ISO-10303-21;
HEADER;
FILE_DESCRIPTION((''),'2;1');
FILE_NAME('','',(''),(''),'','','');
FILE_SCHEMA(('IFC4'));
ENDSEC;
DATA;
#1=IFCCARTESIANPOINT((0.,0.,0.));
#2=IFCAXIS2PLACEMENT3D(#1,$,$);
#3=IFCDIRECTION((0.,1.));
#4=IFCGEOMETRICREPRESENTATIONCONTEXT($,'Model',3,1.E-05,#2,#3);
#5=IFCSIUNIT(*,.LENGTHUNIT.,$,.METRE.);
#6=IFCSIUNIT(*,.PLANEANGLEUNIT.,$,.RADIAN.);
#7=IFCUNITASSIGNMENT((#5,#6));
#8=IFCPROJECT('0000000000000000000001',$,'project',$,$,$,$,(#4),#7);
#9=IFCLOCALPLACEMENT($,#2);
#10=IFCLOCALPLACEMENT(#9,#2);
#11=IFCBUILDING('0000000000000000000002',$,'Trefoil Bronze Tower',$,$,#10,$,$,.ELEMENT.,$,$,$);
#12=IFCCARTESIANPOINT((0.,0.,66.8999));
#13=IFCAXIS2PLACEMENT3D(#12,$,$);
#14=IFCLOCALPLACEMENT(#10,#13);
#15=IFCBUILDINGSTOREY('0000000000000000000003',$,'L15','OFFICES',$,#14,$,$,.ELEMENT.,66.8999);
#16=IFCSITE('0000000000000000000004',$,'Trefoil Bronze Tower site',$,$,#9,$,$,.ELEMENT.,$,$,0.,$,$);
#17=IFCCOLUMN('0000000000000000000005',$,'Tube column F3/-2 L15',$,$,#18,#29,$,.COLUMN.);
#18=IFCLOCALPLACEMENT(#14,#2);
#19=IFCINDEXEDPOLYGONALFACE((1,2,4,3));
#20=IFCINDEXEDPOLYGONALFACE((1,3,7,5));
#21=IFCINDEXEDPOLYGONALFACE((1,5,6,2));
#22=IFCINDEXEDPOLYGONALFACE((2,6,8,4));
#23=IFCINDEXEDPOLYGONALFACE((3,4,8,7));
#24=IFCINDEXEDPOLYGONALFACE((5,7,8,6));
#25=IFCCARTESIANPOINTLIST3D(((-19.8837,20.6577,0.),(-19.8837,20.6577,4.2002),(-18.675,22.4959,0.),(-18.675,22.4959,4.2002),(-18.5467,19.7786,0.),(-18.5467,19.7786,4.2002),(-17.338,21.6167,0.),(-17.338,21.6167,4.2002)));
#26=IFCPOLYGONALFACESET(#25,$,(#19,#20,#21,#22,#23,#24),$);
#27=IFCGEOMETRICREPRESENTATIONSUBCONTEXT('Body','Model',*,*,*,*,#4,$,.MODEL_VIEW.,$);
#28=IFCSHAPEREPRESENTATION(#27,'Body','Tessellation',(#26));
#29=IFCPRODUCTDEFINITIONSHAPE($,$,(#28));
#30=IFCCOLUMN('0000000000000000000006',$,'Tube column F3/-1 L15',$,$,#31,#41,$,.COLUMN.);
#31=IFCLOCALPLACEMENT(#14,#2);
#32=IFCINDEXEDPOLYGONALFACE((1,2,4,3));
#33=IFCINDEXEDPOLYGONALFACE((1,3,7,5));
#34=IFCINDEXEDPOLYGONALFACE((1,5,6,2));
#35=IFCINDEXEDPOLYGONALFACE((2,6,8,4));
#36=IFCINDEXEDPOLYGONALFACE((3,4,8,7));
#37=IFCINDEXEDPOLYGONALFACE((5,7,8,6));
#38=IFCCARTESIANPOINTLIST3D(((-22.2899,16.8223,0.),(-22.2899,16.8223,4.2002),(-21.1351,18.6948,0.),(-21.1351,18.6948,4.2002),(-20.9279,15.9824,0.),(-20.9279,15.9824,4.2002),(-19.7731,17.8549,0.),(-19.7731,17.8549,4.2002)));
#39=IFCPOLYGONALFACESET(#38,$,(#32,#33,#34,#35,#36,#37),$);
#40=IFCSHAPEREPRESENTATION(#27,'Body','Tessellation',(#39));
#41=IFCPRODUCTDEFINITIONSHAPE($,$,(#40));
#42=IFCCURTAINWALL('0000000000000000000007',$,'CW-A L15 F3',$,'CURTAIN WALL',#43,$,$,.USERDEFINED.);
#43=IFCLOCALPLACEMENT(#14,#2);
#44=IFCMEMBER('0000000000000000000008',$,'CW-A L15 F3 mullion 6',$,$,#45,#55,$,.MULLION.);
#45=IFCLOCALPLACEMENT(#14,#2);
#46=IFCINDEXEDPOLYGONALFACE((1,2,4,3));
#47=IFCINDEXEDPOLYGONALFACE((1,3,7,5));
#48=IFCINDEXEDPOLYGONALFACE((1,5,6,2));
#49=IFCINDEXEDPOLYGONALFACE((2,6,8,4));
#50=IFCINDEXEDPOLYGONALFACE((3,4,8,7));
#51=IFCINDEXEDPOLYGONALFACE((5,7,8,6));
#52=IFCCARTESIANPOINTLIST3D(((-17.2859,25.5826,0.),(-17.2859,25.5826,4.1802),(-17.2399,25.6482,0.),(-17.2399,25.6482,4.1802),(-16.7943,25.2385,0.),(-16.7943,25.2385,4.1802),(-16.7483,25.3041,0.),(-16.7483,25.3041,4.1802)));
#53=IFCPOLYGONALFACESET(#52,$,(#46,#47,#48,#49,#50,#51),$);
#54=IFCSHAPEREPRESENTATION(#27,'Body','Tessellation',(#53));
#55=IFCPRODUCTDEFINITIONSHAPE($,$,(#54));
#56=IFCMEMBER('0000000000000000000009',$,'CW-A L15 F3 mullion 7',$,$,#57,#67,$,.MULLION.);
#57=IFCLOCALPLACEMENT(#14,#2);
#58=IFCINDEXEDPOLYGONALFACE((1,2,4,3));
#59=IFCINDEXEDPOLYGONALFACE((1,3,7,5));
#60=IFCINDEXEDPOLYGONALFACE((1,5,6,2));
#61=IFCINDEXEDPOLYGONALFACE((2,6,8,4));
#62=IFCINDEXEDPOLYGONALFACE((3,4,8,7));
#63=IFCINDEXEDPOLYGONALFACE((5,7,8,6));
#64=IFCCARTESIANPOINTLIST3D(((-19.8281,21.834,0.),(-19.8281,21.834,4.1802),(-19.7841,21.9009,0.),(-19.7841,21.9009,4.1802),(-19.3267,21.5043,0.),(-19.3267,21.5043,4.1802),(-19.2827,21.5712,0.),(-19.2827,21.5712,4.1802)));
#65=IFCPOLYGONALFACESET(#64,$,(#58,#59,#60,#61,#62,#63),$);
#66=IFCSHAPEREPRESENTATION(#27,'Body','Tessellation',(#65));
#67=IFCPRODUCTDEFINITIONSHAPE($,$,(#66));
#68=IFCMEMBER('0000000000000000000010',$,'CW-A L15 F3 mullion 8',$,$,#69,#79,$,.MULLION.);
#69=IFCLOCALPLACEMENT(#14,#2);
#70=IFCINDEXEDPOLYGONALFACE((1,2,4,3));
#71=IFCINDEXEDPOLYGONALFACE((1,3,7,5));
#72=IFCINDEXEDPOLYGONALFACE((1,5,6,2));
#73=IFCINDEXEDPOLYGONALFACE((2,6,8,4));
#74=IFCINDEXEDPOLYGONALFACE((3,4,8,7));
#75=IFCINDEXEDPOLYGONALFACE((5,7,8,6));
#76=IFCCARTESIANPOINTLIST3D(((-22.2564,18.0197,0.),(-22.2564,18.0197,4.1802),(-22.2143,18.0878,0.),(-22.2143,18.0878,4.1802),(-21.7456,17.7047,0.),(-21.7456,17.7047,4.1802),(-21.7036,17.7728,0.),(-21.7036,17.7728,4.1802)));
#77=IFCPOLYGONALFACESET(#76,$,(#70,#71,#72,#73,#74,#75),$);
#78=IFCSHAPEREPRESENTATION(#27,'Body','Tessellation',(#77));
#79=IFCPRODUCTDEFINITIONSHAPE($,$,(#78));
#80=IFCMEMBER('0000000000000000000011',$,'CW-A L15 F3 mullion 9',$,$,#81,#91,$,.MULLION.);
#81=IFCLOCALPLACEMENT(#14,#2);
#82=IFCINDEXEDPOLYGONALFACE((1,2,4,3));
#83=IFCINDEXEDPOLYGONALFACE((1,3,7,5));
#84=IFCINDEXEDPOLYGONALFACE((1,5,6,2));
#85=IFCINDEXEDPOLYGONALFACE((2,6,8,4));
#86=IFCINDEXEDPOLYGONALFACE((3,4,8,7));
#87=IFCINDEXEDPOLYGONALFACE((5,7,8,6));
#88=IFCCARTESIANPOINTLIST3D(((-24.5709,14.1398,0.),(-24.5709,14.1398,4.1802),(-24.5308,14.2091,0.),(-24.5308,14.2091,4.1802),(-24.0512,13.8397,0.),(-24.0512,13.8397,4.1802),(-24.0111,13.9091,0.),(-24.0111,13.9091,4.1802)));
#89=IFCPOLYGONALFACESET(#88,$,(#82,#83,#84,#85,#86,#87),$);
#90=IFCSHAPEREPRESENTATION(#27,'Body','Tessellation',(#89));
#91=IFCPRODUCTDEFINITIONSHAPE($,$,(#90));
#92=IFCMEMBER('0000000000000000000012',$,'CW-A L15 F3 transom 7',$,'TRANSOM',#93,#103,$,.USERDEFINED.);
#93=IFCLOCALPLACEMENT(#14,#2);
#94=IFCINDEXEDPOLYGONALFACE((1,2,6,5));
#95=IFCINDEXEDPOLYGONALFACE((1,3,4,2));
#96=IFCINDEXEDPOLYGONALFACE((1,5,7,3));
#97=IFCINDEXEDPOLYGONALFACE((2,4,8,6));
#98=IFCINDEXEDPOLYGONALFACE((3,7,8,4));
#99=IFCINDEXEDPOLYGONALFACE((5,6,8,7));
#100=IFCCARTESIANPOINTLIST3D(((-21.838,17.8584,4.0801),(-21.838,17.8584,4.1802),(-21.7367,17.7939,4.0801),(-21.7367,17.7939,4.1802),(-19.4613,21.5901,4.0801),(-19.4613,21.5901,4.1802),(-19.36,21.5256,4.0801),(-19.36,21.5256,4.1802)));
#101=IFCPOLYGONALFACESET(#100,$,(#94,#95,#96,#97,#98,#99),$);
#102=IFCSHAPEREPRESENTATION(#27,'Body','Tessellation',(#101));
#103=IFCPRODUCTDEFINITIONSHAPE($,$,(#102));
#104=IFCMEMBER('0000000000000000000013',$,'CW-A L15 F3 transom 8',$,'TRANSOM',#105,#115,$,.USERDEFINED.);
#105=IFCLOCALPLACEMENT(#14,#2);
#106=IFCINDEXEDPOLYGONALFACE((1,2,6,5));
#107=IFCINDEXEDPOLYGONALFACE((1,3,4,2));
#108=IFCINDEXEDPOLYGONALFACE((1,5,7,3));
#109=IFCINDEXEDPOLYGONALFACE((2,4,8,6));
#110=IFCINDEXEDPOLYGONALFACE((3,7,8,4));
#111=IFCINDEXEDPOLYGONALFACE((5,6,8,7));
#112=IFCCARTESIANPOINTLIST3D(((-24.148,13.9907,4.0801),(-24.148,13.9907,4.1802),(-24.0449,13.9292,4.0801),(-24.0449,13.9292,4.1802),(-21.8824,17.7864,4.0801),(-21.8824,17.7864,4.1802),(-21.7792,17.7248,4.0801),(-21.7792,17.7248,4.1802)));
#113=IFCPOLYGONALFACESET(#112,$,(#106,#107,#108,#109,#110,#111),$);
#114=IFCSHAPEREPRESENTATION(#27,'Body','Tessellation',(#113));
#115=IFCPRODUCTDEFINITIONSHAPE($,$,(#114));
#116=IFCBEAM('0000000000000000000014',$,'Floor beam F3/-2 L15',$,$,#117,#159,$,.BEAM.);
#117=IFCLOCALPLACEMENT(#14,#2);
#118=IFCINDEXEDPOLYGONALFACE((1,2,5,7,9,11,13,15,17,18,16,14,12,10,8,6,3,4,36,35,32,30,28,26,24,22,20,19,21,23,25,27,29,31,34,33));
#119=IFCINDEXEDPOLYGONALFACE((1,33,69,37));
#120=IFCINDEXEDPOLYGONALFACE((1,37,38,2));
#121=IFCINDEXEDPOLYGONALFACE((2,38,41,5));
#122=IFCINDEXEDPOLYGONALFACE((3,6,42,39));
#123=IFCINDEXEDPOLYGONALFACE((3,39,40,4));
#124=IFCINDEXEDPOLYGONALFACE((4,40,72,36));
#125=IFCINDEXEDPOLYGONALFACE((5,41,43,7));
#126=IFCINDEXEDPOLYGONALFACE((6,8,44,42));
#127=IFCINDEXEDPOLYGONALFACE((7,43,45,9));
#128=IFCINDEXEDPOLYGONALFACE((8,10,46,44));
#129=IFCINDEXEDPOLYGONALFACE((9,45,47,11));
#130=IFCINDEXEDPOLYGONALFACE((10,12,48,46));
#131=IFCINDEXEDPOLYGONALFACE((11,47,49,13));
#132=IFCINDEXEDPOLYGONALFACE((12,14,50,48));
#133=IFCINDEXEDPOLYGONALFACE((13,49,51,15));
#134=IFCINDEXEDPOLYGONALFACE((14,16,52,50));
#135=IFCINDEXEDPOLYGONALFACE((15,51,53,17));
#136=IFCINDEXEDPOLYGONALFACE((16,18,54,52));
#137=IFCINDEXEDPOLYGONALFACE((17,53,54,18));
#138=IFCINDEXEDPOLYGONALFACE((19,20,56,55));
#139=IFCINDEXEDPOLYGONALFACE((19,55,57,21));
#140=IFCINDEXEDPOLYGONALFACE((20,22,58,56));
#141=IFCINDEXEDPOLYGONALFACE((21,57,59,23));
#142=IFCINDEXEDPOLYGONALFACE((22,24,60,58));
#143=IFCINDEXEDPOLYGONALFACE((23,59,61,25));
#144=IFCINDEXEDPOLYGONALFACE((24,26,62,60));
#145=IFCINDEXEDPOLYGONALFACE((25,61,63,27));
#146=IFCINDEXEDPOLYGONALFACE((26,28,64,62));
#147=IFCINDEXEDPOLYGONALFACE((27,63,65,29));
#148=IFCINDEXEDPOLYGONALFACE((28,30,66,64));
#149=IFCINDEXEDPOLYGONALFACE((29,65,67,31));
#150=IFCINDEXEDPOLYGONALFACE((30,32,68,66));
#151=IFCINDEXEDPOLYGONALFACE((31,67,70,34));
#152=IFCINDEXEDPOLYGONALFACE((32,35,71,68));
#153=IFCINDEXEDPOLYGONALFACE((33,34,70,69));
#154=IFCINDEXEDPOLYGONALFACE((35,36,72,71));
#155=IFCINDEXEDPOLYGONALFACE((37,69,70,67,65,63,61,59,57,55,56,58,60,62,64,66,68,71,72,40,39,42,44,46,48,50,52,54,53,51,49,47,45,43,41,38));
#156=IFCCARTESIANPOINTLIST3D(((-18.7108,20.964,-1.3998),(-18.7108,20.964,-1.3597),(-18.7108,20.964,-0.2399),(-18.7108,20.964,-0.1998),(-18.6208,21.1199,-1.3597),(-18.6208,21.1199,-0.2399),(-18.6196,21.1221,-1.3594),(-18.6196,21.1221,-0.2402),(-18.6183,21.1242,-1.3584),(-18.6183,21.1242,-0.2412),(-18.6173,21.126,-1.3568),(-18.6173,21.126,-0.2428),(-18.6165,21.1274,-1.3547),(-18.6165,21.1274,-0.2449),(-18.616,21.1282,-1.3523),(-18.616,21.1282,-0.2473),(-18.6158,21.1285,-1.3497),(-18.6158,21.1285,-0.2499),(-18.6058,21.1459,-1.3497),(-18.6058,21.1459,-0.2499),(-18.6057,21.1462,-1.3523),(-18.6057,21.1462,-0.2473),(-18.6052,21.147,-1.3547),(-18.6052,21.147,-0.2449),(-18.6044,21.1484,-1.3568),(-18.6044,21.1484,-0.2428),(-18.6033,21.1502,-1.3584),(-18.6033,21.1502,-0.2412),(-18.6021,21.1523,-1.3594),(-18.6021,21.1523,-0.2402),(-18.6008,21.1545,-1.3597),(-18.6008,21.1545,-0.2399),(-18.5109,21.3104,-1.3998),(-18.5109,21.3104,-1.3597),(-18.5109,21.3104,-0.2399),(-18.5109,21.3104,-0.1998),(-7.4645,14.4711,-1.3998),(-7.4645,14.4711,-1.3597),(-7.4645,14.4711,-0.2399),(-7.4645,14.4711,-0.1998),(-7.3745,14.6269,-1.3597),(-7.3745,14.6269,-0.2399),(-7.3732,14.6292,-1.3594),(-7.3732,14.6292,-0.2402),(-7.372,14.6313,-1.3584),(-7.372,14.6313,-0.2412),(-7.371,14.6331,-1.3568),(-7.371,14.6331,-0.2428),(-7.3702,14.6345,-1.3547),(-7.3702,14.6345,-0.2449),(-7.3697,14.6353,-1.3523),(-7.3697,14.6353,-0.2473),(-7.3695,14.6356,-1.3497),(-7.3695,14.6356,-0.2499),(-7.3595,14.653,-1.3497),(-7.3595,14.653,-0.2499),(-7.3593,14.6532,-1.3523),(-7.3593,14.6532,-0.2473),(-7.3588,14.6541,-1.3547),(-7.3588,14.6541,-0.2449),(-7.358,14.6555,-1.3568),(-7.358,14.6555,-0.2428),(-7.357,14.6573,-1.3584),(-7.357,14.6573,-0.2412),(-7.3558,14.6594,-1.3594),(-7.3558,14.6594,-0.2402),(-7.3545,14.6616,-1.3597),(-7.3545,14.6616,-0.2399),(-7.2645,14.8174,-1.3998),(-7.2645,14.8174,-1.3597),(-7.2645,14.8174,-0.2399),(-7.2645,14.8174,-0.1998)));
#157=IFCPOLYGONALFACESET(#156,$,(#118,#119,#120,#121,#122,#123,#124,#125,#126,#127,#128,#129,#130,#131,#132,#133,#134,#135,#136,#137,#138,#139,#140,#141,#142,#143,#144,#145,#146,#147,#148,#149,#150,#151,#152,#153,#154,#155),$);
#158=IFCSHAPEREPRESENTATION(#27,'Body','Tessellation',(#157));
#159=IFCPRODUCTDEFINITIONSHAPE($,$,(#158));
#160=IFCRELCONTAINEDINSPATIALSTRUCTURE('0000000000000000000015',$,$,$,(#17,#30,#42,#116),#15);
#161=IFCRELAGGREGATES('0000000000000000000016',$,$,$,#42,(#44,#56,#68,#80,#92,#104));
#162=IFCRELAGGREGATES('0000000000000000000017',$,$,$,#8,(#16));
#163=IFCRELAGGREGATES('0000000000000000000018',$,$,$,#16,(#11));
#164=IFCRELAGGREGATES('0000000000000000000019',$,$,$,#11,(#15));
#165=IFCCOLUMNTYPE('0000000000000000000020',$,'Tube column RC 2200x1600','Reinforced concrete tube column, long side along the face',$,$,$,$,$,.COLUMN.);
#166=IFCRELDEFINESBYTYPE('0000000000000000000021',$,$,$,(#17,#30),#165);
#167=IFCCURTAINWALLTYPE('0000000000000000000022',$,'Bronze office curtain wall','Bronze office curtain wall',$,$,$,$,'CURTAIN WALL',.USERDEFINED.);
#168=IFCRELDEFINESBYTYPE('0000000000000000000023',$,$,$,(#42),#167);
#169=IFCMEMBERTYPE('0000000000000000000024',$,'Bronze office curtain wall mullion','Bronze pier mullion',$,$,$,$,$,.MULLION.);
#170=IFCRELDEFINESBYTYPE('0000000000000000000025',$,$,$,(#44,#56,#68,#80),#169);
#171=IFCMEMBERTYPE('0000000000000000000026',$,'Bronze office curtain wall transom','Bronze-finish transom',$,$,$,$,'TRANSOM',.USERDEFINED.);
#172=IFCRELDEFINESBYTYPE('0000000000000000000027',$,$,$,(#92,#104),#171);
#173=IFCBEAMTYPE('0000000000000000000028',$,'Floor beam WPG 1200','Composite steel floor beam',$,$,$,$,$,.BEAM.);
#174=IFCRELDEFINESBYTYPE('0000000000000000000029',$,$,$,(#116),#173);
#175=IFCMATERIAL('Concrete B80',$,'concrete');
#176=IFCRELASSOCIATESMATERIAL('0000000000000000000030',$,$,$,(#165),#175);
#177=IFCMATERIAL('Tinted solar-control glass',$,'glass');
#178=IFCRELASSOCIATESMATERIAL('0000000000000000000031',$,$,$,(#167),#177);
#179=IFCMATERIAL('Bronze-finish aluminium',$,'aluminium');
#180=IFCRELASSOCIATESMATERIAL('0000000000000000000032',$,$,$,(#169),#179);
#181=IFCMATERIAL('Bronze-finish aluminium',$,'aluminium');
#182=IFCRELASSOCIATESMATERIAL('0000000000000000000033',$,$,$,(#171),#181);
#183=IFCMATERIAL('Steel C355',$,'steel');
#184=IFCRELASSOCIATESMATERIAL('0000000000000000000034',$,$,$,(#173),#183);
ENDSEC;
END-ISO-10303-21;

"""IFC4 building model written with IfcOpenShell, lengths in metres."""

from ifc_helpers import new_model, si_unit, direction, frame, origin, origin_2d, place, context, subcontext, project, spatial, rectangle, i_section, extrude, material, material_profile, profile_set, type_object, element, aggregate, save


model = new_model("IFC4")

# Units and contexts
model_context = context("Model", 3, precision=1e-05, world=origin(), true_north=direction((0.0, 1.0)))
body_context = subcontext(model_context, "Body", "Model", "MODEL_VIEW")
ifc_project = project(units=[si_unit("LENGTHUNIT", "METRE"), si_unit("PLANEANGLEUNIT", "RADIAN")], contexts=[model_context])

# Site, building, storey
site_placement = place(None, origin())
site = spatial("IfcSite", under=ifc_project, at=site_placement, Name="Trefoil Bronze Tower site", CompositionType="ELEMENT", RefElevation=0.0)
building_placement = place(site_placement, origin())
building = spatial("IfcBuilding", under=site, at=building_placement, Name="Trefoil Bronze Tower", CompositionType="ELEMENT")
storey_placement = place(building_placement, frame((0.0, 0.0, 66.8999)))
storey = spatial("IfcBuildingStorey", under=building, at=storey_placement, Name="L15", Description="OFFICES", CompositionType="ELEMENT", Elevation=66.8999)

# Columns
ifc_material_1 = material(Name="Concrete B80", Category="concrete")
ifc_material_profile_1 = material_profile(ifc_material_1, rectangle(XDim=2.2, YDim=1.6001, at=origin_2d()), Name="RC 2200x1600")
ifc_profile_set_1 = profile_set([ifc_material_profile_1], Name="Concrete B80")
column_type = type_object("IfcColumnType", Name="Tube column RC 2200x1600", Description="Reinforced concrete tube column, long side along the face", PredefinedType="COLUMN", material=ifc_profile_set_1)
for number, where, z_axis, x_axis, name in (
    (1, (-18.6108, 21.1372, 0.0), (0.0, 0.0, 1.0), (-0.549424, -0.835544, 0.0), "Tube column F3/-2 L15"),
    (2, (-21.0315, 17.3386, 0.0), (0.0, 0.0, 1.0), (-0.524923, -0.85115, 0.0), "Tube column F3/-1 L15"),
):
    element("IfcColumn", number, at=place(storey_placement, frame(where, z_axis=z_axis, x_axis=x_axis)), inside=storey, type_object=column_type, Name=name, PredefinedType="COLUMN", context=body_context, shape_type="SweptSolid", body=[
        extrude(rectangle(XDim=2.2, YDim=1.6001, at=origin_2d()), origin(), (0.0, 0.0, 1.0), 4.2002),
    ])

# Curtain wall, members
ifc_material_2 = material(Name="Tinted solar-control glass", Category="glass")
curtain_wall_type = type_object("IfcCurtainWallType", Name="Bronze office curtain wall", Description="Bronze office curtain wall", ElementType="CURTAIN WALL", PredefinedType="USERDEFINED", material=ifc_material_2)
curtain_wall_placement = place(storey_placement, origin())
curtain_wall = element("IfcCurtainWall", 3, at=curtain_wall_placement, inside=storey, type_object=curtain_wall_type, Name="CW-A L15 F3", ObjectType="CURTAIN WALL", PredefinedType="USERDEFINED")
ifc_material_3 = material(Name="Bronze-finish aluminium", Category="aluminium")
ifc_material_profile_2 = material_profile(ifc_material_3, rectangle(XDim=0.6001, YDim=0.0801, at=origin_2d()), Name="CW-A mullion")
ifc_profile_set_2 = profile_set([ifc_material_profile_2], Name="Bronze-finish aluminium")
member_type_1 = type_object("IfcMemberType", Name="Bronze office curtain wall mullion", Description="Bronze pier mullion", PredefinedType="MULLION", material=ifc_profile_set_2)
member_1_placement = place(storey_placement, frame((-17.0171, 25.4434, 0.0), z_axis=(0.0, 0.0, 1.0), x_axis=(0.819204, -0.573502, 0.0)))
member_1 = element("IfcMember", 4, at=member_1_placement, type_object=member_type_1, Name="CW-A L15 F3 mullion 6", PredefinedType="MULLION", context=body_context, shape_type="SweptSolid", body=[
    extrude(rectangle(XDim=0.6001, YDim=0.0801, at=origin_2d()), origin(), (0.0, 0.0, 1.0), 4.1802),
])
member_2_placement = place(storey_placement, frame((-19.5554, 21.7026, 0.0), z_axis=(0.0, 0.0, 1.0), x_axis=(0.835544, -0.549424, 0.0)))
member_2 = element("IfcMember", 5, at=member_2_placement, type_object=member_type_1, Name="CW-A L15 F3 mullion 7", PredefinedType="MULLION", context=body_context, shape_type="SweptSolid", body=[
    extrude(rectangle(XDim=0.6001, YDim=0.0801, at=origin_2d()), origin(), (0.0, 0.0, 1.0), 4.1802),
])
member_3_placement = place(storey_placement, frame((-21.98, 17.8962, 0.0), z_axis=(0.0, 0.0, 1.0), x_axis=(0.85115, -0.524923, 0.0)))
member_3 = element("IfcMember", 6, at=member_3_placement, type_object=member_type_1, Name="CW-A L15 F3 mullion 8", PredefinedType="MULLION", context=body_context, shape_type="SweptSolid", body=[
    extrude(rectangle(XDim=0.6001, YDim=0.0801, at=origin_2d()), origin(), (0.0, 0.0, 1.0), 4.1802),
])
member_4_placement = place(storey_placement, frame((-24.291, 14.0244, 0.0), z_axis=(0.0, 0.0, 1.0), x_axis=(0.866025, -0.5, 0.0)))
member_4 = element("IfcMember", 7, at=member_4_placement, type_object=member_type_1, Name="CW-A L15 F3 mullion 9", PredefinedType="MULLION", context=body_context, shape_type="SweptSolid", body=[
    extrude(rectangle(XDim=0.6001, YDim=0.0801, at=origin_2d()), origin(), (0.0, 0.0, 1.0), 4.1802),
])
ifc_material_4 = material(Name="Bronze-finish aluminium", Category="aluminium")
ifc_material_profile_3 = material_profile(ifc_material_4, rectangle(XDim=0.1201, YDim=0.1001, at=origin_2d()), Name="CW-A transom")
ifc_profile_set_3 = profile_set([ifc_material_profile_3], Name="Bronze-finish aluminium")
member_type_2 = type_object("IfcMemberType", Name="Bronze office curtain wall transom", Description="Bronze-finish transom", ElementType="TRANSOM", PredefinedType="USERDEFINED", material=ifc_profile_set_3)
member_5_placement = place(storey_placement, frame((-19.4106, 21.5579, 4.1301), z_axis=(-0.537197, -0.843457, 0.0), x_axis=(0.843457, -0.537197, 0.0)))
member_5 = element("IfcMember", 8, at=member_5_placement, type_object=member_type_2, Name="CW-A L15 F3 transom 7", ObjectType="TRANSOM", PredefinedType="USERDEFINED", context=body_context, shape_type="SweptSolid", body=[
    extrude(rectangle(XDim=0.1201, YDim=0.1001, at=origin_2d()), origin(), (0.0, 0.0, 1.0), 4.4243),
])
member_6_placement = place(storey_placement, frame((-21.8308, 17.7556, 4.1301), z_axis=(-0.512537, -0.858665, 0.0), x_axis=(0.858665, -0.512537, 0.0)))
member_6 = element("IfcMember", 9, at=member_6_placement, type_object=member_type_2, Name="CW-A L15 F3 transom 8", ObjectType="TRANSOM", PredefinedType="USERDEFINED", context=body_context, shape_type="SweptSolid", body=[
    extrude(rectangle(XDim=0.1201, YDim=0.1001, at=origin_2d()), origin(), (0.0, 0.0, 1.0), 4.4204),
])

# Beam
ifc_material_5 = material(Name="Steel C355", Category="steel")
ifc_material_profile_4 = material_profile(ifc_material_5, i_section(OverallWidth=0.3999, OverallDepth=1.2, WebThickness=0.02, FlangeThickness=0.04, FilletRadius=0.01, at=origin_2d()), Name="WPG 1200")
ifc_profile_set_4 = profile_set([ifc_material_profile_4], Name="Steel C355")
beam_type_1 = type_object("IfcBeamType", Name="Floor beam WPG 1200", Description="Composite steel floor beam", PredefinedType="BEAM", material=ifc_profile_set_4)
beam_1_placement = place(storey_placement, frame((-18.6108, 21.1372, -0.7998), z_axis=(0.866031, -0.499991, 0.0), x_axis=(0.499991, 0.866031, 0.0)))
element("IfcBeam", 10, at=beam_1_placement, inside=storey, type_object=beam_type_1, Name="Floor beam F3/-2 L15", PredefinedType="BEAM", context=body_context, shape_type="SweptSolid", body=[
    extrude(i_section(OverallWidth=0.3999, OverallDepth=1.2, WebThickness=0.02, FlangeThickness=0.04, FilletRadius=0.01, at=origin_2d()), origin(), (0.0, 0.0, 1.0), 12.9861),
])

aggregate(curtain_wall, [member_1, member_2, member_3, member_4, member_5, member_6])

save(model, "model.ifc")
